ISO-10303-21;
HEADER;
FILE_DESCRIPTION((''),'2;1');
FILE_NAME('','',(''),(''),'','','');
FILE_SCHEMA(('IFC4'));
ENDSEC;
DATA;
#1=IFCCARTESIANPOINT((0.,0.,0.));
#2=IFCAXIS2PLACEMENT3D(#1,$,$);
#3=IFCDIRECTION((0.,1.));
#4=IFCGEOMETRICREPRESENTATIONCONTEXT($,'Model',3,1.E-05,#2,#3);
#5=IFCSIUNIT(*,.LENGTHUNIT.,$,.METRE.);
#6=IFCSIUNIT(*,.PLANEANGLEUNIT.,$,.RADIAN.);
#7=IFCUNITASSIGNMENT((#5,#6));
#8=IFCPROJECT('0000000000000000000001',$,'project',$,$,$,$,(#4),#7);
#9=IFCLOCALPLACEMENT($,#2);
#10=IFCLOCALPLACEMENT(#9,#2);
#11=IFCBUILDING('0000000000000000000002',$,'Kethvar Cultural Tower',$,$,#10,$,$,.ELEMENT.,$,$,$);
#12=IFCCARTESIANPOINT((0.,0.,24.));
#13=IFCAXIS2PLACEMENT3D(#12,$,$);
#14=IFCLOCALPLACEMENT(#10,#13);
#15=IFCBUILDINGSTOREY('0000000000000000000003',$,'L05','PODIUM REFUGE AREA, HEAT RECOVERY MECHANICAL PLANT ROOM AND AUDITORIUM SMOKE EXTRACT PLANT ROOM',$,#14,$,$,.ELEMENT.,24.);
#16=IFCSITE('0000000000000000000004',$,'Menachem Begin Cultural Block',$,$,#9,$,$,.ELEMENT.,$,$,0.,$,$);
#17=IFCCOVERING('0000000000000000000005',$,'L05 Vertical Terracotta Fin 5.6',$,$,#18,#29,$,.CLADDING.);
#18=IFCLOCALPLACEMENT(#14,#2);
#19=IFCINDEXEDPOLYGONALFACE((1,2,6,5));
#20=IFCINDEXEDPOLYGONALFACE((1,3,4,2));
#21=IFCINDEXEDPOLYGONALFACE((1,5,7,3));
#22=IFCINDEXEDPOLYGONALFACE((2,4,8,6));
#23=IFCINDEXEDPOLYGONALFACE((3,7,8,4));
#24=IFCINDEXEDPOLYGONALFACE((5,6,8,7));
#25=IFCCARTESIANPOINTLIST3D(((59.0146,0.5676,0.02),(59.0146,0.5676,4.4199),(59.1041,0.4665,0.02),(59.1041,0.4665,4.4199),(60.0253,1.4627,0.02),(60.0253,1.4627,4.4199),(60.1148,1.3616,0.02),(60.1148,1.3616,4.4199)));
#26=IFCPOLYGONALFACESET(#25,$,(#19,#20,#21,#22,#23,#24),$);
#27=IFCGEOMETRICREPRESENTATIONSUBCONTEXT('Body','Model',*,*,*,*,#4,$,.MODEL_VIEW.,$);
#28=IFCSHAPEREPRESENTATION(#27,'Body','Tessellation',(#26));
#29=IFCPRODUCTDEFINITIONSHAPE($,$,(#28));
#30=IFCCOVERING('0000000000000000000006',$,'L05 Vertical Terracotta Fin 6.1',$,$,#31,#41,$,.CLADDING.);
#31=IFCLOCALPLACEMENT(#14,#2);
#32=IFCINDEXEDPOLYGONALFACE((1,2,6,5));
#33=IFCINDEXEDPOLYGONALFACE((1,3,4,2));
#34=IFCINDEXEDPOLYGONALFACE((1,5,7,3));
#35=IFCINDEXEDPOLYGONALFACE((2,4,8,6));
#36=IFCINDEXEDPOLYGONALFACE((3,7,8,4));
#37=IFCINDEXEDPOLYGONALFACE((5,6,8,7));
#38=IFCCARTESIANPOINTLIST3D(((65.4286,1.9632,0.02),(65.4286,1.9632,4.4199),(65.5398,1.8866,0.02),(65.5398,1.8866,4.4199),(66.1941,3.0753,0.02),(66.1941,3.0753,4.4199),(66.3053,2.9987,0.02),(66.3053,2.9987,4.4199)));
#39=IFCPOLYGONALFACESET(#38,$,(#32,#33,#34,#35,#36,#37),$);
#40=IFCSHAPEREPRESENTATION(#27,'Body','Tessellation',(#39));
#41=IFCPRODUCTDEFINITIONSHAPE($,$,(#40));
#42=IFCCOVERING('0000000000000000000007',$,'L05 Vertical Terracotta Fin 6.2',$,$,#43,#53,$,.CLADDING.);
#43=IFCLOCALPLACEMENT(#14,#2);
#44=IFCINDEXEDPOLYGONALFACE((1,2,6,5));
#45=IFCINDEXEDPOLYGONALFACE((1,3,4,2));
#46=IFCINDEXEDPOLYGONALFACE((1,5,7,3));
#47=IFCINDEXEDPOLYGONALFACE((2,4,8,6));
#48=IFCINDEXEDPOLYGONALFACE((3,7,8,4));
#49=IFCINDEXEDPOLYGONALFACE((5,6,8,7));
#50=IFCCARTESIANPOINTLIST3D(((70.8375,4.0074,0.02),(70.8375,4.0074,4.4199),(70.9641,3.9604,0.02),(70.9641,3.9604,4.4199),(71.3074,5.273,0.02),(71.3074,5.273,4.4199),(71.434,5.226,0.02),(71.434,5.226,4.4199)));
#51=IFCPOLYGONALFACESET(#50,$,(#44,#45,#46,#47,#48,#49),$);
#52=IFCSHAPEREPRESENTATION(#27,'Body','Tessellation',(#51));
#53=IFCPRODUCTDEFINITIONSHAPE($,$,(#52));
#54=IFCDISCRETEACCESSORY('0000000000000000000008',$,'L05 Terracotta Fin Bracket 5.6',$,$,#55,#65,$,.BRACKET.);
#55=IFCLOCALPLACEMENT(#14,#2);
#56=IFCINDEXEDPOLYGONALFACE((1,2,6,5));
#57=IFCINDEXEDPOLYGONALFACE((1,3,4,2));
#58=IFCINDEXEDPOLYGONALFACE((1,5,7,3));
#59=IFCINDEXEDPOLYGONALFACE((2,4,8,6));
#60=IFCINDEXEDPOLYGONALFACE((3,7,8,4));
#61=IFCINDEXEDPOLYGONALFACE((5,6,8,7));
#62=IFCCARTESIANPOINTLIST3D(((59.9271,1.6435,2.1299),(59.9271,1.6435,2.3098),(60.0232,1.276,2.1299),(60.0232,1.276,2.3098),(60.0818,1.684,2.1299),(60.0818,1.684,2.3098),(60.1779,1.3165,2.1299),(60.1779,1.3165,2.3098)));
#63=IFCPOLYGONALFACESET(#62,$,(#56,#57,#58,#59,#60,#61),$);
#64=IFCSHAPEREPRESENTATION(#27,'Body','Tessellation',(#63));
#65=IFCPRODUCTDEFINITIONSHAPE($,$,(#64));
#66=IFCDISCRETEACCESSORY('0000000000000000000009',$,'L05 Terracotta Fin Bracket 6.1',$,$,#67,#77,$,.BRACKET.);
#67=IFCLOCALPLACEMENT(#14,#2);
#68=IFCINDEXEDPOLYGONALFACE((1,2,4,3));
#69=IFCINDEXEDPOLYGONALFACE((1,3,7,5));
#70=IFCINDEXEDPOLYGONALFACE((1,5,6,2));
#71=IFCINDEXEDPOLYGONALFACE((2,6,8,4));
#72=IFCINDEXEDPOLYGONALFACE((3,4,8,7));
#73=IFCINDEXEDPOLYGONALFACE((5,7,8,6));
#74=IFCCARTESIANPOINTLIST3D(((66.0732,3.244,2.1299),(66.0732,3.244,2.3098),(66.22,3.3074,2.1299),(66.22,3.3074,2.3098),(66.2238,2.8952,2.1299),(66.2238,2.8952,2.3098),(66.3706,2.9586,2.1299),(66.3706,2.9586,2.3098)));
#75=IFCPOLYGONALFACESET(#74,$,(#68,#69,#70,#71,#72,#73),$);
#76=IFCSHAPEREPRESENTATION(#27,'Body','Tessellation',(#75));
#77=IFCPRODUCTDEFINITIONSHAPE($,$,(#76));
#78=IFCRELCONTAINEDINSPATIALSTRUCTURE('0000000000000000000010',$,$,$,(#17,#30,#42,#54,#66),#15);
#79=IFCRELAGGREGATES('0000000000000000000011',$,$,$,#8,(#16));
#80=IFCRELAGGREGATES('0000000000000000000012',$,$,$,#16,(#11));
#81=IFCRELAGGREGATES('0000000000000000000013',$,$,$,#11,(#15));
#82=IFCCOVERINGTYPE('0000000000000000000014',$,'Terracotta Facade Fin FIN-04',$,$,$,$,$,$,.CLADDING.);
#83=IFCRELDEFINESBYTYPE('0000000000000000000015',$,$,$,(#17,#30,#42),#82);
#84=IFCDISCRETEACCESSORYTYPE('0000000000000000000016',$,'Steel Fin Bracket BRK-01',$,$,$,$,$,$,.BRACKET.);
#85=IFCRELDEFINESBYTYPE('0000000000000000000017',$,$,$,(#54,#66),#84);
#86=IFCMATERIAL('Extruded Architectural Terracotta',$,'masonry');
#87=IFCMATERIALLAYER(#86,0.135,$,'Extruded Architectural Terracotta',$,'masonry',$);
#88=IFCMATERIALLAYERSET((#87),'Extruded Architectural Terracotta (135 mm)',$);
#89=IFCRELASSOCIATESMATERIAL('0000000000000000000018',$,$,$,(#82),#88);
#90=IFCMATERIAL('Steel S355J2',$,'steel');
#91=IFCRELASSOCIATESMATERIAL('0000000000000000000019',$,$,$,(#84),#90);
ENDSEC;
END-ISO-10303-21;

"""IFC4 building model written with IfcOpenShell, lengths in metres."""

from ifc_helpers import new_model, si_unit, direction, frame, origin, origin_2d, place, context, subcontext, project, spatial, rectangle, extrude, source, transform, mapped, material, layer, layer_set, type_object, element, save


model = new_model("IFC4")

# Units and contexts
model_context = context("Model", 3, precision=1e-05, world=origin(), true_north=direction((0.0, 1.0)))
body_context = subcontext(model_context, "Body", "Model", "MODEL_VIEW")
ifc_project = project(units=[si_unit("LENGTHUNIT", "METRE"), si_unit("PLANEANGLEUNIT", "RADIAN")], contexts=[model_context])

# Site, building, storey
site_placement = place(None, origin())
site = spatial("IfcSite", under=ifc_project, at=site_placement, Name="Menachem Begin Cultural Block", CompositionType="ELEMENT", RefElevation=0.0)
building_placement = place(site_placement, origin())
building = spatial("IfcBuilding", under=site, at=building_placement, Name="Kethvar Cultural Tower", CompositionType="ELEMENT")
storey_placement = place(building_placement, frame((0.0, 0.0, 24.0)))
storey = spatial("IfcBuildingStorey", under=building, at=storey_placement, Name="L05", Description="PODIUM REFUGE AREA, HEAT RECOVERY MECHANICAL PLANT ROOM AND AUDITORIUM SMOKE EXTRACT PLANT ROOM", CompositionType="ELEMENT", Elevation=24.0)

# Shared definitions
ifc_material_1 = material(Name="Steel S355J2", Category="steel")

# Coverings
ifc_material_2 = material(Name="Extruded Architectural Terracotta", Category="masonry")
ifc_layer_1 = layer(ifc_material_2, 0.135, Name="Extruded Architectural Terracotta", Category="masonry")
ifc_layer_set_1 = layer_set([ifc_layer_1], Name="Extruded Architectural Terracotta (135 mm)")
covering_type = type_object("IfcCoveringType", Name="Terracotta Facade Fin FIN-04", PredefinedType="CLADDING", material=ifc_layer_set_1)
shared_shape_1 = source(origin(), body_context, "Body", "SweptSolid", [
    extrude(rectangle(XDim=1.3501, YDim=0.135, at=origin_2d()), origin(), (0.0, 0.0, 1.0), 4.3999),
])
for number, where, z_axis, x_axis, name in (
    (1, (59.5647, 0.9646, 0.02), (0.0, 0.0, 1.0), (-0.748609, -0.663012, 0.0), "L05 Vertical Terracotta Fin 5.6"),
    (2, (65.8669, 2.481, 0.02), (0.0, 0.0, 1.0), (-0.566981, -0.823731, 0.0), "L05 Vertical Terracotta Fin 6.1"),
    (3, (71.1357, 4.6167, 0.02), (0.0, 0.0, 1.0), (-0.348081, -0.937464, 0.0), "L05 Vertical Terracotta Fin 6.2"),
):
    element("IfcCovering", number, at=place(storey_placement, frame(where, z_axis=z_axis, x_axis=x_axis)), inside=storey, type_object=covering_type, Name=name, PredefinedType="CLADDING", context=body_context, shape_type="MappedRepresentation", body=[
        mapped(shared_shape_1, transform((0.0, 0.0, 0.0), scale=1.0)),
    ])

# Discrete accessories
discrete_accessory_type = type_object("IfcDiscreteAccessoryType", Name="Steel Fin Bracket BRK-01", PredefinedType="BRACKET", material=ifc_material_1)
shared_shape_2 = source(origin(), body_context, "Body", "SweptSolid", [
    extrude(rectangle(XDim=0.3799, YDim=0.1599, at=origin_2d()), origin(), (0.0, 0.0, 1.0), 0.1799),
])
for number, where, z_axis, x_axis, name in (
    (4, (60.0525, 1.48, 2.1299), (0.0, 0.0, 1.0), (0.253083, -0.967445, 0.0), "L05 Terracotta Fin Bracket 5.6"),
    (5, (66.2219, 3.1013, 2.1299), (0.0, 0.0, 1.0), (0.396347, -0.918101, 0.0), "L05 Terracotta Fin Bracket 6.1"),
):
    element("IfcDiscreteAccessory", number, at=place(storey_placement, frame(where, z_axis=z_axis, x_axis=x_axis)), inside=storey, type_object=discrete_accessory_type, Name=name, PredefinedType="BRACKET", context=body_context, shape_type="MappedRepresentation", body=[
        mapped(shared_shape_2, transform((0.0, 0.0, 0.0), scale=1.0)),
    ])

save(model, "model.ifc")
